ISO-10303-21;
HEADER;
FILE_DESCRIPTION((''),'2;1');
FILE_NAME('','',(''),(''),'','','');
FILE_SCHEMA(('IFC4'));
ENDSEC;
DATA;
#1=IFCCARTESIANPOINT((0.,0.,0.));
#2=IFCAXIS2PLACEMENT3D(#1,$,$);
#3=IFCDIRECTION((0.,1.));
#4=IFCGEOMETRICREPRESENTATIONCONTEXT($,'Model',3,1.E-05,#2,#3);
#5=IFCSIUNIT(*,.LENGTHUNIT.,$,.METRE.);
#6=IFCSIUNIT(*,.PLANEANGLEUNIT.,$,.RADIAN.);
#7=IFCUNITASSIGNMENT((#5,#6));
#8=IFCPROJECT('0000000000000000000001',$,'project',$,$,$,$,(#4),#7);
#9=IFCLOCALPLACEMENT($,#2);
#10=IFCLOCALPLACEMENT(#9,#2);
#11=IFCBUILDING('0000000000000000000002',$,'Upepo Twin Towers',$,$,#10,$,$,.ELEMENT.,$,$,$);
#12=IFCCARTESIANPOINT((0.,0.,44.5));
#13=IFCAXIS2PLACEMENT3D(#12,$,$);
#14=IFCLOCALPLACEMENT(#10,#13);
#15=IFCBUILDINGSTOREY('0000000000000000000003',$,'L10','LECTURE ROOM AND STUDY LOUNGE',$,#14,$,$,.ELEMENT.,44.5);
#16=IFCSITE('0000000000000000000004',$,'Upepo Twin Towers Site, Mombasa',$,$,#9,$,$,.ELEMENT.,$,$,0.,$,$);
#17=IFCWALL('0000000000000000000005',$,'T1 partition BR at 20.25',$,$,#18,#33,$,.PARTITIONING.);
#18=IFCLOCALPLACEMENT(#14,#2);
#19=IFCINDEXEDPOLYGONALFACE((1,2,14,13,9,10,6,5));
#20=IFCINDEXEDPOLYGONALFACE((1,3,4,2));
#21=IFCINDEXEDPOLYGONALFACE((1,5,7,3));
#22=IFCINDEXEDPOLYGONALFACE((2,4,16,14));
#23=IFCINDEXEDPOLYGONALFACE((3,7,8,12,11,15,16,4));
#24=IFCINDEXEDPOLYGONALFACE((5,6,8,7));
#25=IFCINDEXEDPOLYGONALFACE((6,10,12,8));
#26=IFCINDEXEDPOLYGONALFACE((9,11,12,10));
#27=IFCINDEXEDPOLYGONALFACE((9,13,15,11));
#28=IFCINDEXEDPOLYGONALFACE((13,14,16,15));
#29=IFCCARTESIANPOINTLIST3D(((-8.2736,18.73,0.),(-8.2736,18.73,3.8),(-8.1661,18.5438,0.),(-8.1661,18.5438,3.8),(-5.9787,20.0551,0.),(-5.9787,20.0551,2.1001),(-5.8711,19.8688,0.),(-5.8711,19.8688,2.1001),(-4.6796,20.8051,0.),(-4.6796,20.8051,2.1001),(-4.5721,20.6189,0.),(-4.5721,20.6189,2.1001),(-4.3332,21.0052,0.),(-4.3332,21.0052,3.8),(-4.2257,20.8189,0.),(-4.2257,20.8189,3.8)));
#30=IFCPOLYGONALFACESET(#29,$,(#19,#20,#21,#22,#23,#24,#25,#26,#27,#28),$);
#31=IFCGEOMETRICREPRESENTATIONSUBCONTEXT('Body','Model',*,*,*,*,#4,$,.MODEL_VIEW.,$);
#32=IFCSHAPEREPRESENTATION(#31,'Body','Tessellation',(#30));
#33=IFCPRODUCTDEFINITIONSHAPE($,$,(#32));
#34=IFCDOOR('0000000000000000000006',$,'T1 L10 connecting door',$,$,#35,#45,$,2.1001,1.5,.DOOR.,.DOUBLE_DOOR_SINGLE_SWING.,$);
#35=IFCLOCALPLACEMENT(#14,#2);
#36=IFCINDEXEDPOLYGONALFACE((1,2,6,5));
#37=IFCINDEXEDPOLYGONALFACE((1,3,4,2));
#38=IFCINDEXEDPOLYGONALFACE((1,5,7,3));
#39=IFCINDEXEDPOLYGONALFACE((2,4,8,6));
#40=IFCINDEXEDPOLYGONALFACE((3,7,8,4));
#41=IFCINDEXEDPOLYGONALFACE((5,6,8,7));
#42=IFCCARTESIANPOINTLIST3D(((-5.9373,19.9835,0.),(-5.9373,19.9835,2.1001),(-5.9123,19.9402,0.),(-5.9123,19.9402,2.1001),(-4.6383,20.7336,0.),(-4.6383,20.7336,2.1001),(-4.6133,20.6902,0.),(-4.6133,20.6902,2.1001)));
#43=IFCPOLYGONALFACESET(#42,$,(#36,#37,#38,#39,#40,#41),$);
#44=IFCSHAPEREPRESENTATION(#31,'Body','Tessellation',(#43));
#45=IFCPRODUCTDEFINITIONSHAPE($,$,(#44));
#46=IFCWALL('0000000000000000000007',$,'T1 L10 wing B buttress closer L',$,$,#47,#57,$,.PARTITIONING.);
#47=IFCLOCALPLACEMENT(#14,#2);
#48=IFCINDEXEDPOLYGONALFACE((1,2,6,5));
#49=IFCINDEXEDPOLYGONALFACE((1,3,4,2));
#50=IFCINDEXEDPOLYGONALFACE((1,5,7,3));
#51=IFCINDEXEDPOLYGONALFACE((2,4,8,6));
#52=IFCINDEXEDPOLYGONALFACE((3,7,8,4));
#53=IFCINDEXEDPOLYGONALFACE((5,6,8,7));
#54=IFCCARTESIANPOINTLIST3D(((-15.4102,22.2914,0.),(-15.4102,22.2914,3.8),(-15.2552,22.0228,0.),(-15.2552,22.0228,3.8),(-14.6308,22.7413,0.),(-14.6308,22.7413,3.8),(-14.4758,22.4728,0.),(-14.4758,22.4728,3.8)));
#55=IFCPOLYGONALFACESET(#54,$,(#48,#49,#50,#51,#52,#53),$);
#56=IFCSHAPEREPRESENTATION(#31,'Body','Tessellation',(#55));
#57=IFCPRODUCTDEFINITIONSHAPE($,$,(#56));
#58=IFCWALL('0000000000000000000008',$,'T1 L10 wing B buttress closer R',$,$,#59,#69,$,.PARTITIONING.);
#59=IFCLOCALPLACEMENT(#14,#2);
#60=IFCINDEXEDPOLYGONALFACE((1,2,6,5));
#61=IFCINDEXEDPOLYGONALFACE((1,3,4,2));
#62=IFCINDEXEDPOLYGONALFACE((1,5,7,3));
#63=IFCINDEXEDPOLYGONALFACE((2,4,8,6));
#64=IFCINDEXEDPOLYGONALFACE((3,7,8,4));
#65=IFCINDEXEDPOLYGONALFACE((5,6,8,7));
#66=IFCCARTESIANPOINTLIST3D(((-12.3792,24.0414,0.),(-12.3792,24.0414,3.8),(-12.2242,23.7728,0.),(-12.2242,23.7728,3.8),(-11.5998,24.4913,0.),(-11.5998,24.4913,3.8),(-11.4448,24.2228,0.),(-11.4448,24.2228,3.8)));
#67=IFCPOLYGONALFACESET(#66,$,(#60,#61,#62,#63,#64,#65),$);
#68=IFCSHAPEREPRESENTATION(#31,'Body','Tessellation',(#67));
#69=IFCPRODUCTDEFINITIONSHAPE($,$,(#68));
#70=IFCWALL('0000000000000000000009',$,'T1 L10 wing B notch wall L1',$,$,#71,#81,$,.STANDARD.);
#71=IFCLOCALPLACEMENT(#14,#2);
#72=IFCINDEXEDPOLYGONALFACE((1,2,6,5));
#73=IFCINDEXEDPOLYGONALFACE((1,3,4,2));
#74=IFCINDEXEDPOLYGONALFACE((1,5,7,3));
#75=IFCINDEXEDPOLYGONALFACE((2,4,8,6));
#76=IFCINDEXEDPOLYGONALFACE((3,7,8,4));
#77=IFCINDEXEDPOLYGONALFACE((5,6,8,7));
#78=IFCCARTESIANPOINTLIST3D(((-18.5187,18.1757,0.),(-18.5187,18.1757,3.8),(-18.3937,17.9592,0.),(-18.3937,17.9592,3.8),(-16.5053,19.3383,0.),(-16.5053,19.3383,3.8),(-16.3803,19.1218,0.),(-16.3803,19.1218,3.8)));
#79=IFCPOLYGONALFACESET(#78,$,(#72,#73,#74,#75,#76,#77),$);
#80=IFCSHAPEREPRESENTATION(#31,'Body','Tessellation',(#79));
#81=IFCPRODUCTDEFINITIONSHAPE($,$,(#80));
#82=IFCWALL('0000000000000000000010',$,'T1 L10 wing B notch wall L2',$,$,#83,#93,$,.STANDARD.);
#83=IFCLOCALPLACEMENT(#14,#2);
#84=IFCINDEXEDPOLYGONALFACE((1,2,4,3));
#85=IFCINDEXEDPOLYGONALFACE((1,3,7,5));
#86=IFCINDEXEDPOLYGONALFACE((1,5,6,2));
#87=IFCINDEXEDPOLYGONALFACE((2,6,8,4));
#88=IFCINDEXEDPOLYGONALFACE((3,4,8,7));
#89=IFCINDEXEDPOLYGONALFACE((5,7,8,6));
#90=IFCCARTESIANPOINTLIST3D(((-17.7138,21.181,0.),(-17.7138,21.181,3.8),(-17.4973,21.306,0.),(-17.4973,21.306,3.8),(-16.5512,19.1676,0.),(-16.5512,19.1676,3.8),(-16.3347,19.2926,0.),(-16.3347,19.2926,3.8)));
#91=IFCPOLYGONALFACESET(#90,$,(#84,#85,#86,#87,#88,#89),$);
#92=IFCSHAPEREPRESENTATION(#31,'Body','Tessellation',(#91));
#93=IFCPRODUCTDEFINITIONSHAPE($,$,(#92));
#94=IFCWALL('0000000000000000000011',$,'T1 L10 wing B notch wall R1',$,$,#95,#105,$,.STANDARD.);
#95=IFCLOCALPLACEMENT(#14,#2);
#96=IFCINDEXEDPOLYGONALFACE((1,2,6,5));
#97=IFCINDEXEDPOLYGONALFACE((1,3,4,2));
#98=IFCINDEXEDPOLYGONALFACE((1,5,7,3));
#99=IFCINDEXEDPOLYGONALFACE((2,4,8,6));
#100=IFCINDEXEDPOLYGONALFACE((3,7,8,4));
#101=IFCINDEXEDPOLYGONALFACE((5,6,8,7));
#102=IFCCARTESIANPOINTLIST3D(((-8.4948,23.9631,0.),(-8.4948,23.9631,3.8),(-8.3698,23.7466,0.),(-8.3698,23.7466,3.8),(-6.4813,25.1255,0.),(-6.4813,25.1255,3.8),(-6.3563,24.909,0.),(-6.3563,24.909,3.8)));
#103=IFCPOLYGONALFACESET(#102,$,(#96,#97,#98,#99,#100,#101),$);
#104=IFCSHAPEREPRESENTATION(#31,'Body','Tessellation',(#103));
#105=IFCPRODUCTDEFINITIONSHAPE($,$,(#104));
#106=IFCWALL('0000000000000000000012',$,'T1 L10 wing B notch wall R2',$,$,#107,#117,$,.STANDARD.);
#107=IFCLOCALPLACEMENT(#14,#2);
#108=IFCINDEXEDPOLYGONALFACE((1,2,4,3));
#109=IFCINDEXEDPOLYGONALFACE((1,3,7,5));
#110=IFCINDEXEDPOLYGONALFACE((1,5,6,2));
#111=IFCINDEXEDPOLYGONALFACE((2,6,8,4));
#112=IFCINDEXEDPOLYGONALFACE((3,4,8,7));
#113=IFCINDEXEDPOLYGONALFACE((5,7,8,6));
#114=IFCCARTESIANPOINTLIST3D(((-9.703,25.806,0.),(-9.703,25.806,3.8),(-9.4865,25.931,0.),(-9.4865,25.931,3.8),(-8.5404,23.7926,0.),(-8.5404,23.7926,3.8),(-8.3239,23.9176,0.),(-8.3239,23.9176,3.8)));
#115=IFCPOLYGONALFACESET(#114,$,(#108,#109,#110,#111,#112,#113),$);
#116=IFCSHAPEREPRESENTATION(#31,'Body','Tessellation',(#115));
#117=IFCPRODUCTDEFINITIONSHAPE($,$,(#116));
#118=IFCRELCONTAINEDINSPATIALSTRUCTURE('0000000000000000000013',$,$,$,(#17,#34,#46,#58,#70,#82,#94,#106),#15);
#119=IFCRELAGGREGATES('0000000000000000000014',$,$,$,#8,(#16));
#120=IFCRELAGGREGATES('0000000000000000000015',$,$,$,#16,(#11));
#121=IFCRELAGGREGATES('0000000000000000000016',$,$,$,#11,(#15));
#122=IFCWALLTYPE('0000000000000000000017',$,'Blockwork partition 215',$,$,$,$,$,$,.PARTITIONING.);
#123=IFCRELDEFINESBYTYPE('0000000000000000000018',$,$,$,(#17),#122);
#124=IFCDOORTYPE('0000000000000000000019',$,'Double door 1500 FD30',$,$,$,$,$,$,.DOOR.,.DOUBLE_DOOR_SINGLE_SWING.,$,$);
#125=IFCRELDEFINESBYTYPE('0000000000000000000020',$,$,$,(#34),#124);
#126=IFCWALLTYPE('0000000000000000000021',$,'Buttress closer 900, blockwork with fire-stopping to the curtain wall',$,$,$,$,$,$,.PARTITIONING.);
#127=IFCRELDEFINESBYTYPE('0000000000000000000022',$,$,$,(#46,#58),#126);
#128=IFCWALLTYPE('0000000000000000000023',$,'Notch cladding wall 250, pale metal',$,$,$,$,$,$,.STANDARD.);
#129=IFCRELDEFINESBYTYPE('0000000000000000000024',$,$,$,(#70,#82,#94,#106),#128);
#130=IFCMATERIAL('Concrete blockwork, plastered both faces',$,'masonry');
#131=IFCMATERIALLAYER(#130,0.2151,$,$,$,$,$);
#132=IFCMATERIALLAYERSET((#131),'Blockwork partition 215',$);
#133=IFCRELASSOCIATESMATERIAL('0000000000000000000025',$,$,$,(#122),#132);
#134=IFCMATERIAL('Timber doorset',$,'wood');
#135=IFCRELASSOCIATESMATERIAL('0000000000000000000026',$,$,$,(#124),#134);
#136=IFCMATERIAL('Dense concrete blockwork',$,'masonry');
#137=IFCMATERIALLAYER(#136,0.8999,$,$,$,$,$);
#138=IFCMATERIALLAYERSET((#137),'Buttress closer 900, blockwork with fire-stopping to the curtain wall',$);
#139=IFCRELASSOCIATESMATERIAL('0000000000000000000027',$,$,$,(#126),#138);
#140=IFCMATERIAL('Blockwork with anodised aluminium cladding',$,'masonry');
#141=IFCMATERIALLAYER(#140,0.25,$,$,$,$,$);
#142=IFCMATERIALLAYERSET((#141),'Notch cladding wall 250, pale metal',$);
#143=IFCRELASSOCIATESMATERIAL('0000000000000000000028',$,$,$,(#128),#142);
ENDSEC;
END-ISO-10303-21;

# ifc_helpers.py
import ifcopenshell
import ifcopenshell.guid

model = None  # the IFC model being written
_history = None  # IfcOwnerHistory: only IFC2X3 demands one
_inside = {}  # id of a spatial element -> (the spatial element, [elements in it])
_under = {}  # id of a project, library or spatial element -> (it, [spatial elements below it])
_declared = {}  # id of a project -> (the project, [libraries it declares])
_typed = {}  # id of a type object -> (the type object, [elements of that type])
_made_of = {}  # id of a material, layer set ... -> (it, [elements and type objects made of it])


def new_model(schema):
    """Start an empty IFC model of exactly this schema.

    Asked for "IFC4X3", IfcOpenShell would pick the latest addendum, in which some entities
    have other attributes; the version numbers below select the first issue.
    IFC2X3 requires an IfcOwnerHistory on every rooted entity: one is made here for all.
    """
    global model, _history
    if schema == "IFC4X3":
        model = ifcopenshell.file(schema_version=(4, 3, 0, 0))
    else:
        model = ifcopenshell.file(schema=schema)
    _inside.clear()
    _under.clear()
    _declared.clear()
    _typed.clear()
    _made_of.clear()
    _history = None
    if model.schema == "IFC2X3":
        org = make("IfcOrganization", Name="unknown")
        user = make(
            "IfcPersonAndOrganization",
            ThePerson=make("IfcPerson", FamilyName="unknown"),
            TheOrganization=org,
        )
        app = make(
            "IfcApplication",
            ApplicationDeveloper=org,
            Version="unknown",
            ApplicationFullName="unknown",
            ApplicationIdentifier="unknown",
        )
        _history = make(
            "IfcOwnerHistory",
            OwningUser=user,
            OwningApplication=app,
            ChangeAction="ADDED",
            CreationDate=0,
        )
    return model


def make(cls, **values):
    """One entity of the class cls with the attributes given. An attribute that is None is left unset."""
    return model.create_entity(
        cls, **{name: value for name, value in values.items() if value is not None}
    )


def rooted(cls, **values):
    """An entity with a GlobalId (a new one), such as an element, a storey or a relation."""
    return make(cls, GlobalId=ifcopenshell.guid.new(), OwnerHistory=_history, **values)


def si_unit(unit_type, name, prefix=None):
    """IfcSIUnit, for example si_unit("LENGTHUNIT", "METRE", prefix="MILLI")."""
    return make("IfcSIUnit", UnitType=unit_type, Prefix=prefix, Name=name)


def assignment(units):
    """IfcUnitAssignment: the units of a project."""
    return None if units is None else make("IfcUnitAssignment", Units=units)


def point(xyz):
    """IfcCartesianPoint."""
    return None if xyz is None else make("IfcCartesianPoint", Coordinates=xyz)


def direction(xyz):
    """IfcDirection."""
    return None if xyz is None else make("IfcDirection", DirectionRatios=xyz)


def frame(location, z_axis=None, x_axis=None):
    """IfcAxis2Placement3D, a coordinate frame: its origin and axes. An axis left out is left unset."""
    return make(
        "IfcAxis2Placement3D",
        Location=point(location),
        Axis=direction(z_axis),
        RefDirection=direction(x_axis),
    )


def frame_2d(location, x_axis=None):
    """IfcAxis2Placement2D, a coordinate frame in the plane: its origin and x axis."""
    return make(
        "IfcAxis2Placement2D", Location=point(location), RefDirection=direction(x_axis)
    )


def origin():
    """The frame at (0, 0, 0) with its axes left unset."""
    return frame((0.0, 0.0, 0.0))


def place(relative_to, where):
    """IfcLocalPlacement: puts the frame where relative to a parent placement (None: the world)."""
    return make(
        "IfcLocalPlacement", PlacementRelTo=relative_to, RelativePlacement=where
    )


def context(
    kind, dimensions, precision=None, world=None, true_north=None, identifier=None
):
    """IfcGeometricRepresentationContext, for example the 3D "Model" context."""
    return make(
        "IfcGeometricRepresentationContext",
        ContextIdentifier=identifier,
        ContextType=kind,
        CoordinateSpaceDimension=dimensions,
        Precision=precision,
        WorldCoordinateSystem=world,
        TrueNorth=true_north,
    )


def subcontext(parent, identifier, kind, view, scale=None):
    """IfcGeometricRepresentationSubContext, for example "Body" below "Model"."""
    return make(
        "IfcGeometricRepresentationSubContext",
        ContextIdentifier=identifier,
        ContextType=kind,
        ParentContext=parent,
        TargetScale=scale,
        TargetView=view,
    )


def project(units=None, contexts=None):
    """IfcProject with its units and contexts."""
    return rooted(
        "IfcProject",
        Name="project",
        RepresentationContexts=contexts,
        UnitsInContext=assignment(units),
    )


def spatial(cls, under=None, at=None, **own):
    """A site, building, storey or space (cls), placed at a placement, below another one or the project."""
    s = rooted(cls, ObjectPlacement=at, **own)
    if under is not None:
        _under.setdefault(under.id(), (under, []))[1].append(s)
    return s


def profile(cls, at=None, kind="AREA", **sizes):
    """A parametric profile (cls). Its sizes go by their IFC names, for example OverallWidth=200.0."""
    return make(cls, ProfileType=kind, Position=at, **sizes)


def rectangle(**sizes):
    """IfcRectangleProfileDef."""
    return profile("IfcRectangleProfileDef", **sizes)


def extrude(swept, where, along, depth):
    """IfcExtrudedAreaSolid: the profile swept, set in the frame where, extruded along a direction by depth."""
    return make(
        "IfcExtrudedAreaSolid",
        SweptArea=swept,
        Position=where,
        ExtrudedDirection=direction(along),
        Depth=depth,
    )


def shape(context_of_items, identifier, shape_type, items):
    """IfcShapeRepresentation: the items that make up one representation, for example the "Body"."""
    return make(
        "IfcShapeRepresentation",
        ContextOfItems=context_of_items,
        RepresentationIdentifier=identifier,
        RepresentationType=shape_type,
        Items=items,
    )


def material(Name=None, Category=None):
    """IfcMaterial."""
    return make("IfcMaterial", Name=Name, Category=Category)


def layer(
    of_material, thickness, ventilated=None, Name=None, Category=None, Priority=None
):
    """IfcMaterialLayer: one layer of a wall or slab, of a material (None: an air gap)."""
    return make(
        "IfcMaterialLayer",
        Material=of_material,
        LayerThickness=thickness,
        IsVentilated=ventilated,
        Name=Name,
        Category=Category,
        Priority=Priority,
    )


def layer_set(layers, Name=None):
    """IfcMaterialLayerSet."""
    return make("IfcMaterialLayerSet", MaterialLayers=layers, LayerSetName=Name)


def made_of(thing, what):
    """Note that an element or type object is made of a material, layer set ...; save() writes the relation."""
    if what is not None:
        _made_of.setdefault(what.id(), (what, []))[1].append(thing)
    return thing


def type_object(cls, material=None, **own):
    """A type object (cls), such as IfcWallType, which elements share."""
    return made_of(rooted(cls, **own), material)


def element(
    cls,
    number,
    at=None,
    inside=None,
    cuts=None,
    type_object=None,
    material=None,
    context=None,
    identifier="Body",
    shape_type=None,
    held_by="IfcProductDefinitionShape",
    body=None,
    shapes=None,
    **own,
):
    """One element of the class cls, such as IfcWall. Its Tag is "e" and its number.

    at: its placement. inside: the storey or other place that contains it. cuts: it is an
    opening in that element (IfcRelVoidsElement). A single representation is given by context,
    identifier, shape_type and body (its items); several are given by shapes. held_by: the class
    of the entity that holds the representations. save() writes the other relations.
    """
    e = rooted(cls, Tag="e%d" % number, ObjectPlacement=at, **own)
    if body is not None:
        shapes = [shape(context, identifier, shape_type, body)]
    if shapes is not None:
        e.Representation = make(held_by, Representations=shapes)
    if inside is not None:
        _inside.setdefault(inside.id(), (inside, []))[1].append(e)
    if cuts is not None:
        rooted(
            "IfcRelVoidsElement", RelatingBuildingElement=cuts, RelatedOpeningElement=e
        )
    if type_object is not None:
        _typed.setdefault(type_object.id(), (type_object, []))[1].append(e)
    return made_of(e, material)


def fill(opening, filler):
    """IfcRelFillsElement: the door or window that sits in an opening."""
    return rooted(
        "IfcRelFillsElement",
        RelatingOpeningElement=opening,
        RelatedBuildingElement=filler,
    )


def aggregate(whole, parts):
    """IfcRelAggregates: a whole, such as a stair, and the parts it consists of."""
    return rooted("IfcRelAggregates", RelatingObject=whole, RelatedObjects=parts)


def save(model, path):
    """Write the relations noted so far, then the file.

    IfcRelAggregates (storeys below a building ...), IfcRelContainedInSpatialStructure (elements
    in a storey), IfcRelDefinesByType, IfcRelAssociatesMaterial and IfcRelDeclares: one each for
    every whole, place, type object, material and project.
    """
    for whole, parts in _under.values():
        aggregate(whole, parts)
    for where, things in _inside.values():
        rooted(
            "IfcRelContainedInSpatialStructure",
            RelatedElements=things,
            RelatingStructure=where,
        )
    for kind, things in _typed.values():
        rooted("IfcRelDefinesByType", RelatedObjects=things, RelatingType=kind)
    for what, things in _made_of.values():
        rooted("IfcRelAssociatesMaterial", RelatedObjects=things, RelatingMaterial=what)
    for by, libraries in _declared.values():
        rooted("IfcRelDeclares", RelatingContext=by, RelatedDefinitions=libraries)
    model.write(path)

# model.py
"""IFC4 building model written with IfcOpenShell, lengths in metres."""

from ifc_helpers import new_model, si_unit, direction, frame, frame_2d, origin, place, context, subcontext, project, spatial, rectangle, extrude, material, layer, layer_set, type_object, element, fill, save


model = new_model("IFC4")

# Units and contexts
model_context = context("Model", 3, precision=1e-05, world=origin(), true_north=direction((0.0, 1.0)))
body_context = subcontext(model_context, "Body", "Model", "MODEL_VIEW")
ifc_project = project(units=[si_unit("LENGTHUNIT", "METRE"), si_unit("PLANEANGLEUNIT", "RADIAN")], contexts=[model_context])

# Site, building, storey
site_placement = place(None, origin())
site = spatial("IfcSite", under=ifc_project, at=site_placement, Name="Upepo Twin Towers Site, Mombasa", CompositionType="ELEMENT", RefElevation=0.0)
building_placement = place(site_placement, origin())
building = spatial("IfcBuilding", under=site, at=building_placement, Name="Upepo Twin Towers", CompositionType="ELEMENT")
storey_placement = place(building_placement, frame((0.0, 0.0, 44.5)))
storey = spatial("IfcBuildingStorey", under=building, at=storey_placement, Name="L10", Description="LECTURE ROOM AND STUDY LOUNGE", CompositionType="ELEMENT", Elevation=44.5)

# Wall, opening, door
ifc_material_1 = material(Name="Concrete blockwork, plastered both faces", Category="masonry")
ifc_layer_1 = layer(ifc_material_1, 0.2151)
ifc_layer_set_1 = layer_set([ifc_layer_1], Name="Blockwork partition 215")
wall_type_1 = type_object("IfcWallType", Name="Blockwork partition 215", PredefinedType="PARTITIONING", material=ifc_layer_set_1)
wall_placement = place(storey_placement, frame((-8.2197, 18.637, 0.0), z_axis=(0.0, 0.0, 1.0), x_axis=(0.866012, 0.500023, 0.0)))
wall = element("IfcWall", 1, at=wall_placement, inside=storey, type_object=wall_type_1, Name="T1 partition BR at 20.25", PredefinedType="PARTITIONING", context=body_context, shape_type="SweptSolid", body=[
    extrude(rectangle(XDim=4.55, YDim=0.2151, at=frame_2d((2.2749, 0.0))), origin(), (0.0, 0.0, 1.0), 3.8),
])
opening_placement = place(wall_placement, frame((2.6499, 0.0, 0.0)))
opening = element("IfcOpeningElement", 2, at=opening_placement, cuts=wall, PredefinedType="OPENING", context=body_context, shape_type="SweptSolid", body=[
    extrude(rectangle(XDim=1.5, YDim=2.1001, at=frame_2d((0.75, 1.05))), frame((0.0, 0.1174, 0.0), z_axis=(0.0, -1.0, 0.0), x_axis=(1.0, 0.0, 0.0)), (0.0, 0.0, 1.0), 0.2351),
])
ifc_material_2 = material(Name="Timber doorset", Category="wood")
door_type = type_object("IfcDoorType", Name="Double door 1500 FD30", OperationType="DOUBLE_DOOR_SINGLE_SWING", PredefinedType="DOOR", material=ifc_material_2)
door_placement = place(opening_placement, origin())
door = element("IfcDoor", 3, at=door_placement, inside=storey, type_object=door_type, Name="T1 L10 connecting door", OperationType="DOUBLE_DOOR_SINGLE_SWING", OverallHeight=2.1001, OverallWidth=1.5, PredefinedType="DOOR", context=body_context, shape_type="SweptSolid", body=[
    extrude(rectangle(XDim=1.5, YDim=2.1001, at=frame_2d((0.75, 1.05))), frame((0.0, 0.0249, 0.0), z_axis=(0.0, -1.0, 0.0), x_axis=(1.0, 0.0, 0.0)), (0.0, 0.0, 1.0), 0.05),
])
fill(opening, door)

# Walls
ifc_material_3 = material(Name="Dense concrete blockwork", Category="masonry")
ifc_layer_2 = layer(ifc_material_3, 0.8999)
ifc_layer_set_2 = layer_set([ifc_layer_2], Name="Buttress closer 900, blockwork with fire-stopping to the curtain wall")
wall_type_2 = type_object("IfcWallType", Name="Buttress closer 900, blockwork with fire-stopping to the curtain wall", PredefinedType="PARTITIONING", material=ifc_layer_set_2)
for number, where, z_axis, x_axis, name in (
    (4, (-14.8655, 22.2478, 0.0), (0.0, 0.0, 1.0), (-0.49995, 0.866054, 0.0), "T1 L10 wing B buttress closer L"),
    (5, (-11.8345, 23.9978, 0.0), (0.0, 0.0, 1.0), (-0.49995, 0.866054, 0.0), "T1 L10 wing B buttress closer R"),
):
    element("IfcWall", number, at=place(storey_placement, frame(where, z_axis=z_axis, x_axis=x_axis)), inside=storey, type_object=wall_type_2, Name=name, PredefinedType="PARTITIONING", context=body_context, shape_type="SweptSolid", body=[
        extrude(rectangle(XDim=0.3101, YDim=0.8999, at=frame_2d((0.155, 0.0))), origin(), (0.0, 0.0, 1.0), 3.8),
    ])
ifc_material_4 = material(Name="Blockwork with anodised aluminium cladding", Category="masonry")
ifc_layer_3 = layer(ifc_material_4, 0.25)
ifc_layer_set_3 = layer_set([ifc_layer_3], Name="Notch cladding wall 250, pale metal")
wall_type_3 = type_object("IfcWallType", Name="Notch cladding wall 250, pale metal", PredefinedType="STANDARD", material=ifc_layer_set_3)
for number, where, z_axis, x_axis, name in (
    (6, (-18.4563, 18.0674, 0.0), (0.0, 0.0, 1.0), (0.865998, 0.500047, 0.0), "T1 L10 wing B notch wall L1"),
    (7, (-16.4429, 19.23, 0.0), (0.0, 0.0, 1.0), (-0.500047, 0.865998, 0.0), "T1 L10 wing B notch wall L2"),
    (8, (-6.4187, 25.0173, 0.0), (0.0, 0.0, 1.0), (-0.866044, -0.499968, 0.0), "T1 L10 wing B notch wall R1"),
    (9, (-8.4321, 23.855, 0.0), (0.0, 0.0, 1.0), (-0.500047, 0.865998, 0.0), "T1 L10 wing B notch wall R2"),
):
    element("IfcWall", number, at=place(storey_placement, frame(where, z_axis=z_axis, x_axis=x_axis)), inside=storey, type_object=wall_type_3, Name=name, PredefinedType="STANDARD", context=body_context, shape_type="SweptSolid", body=[
        extrude(rectangle(XDim=2.325, YDim=0.25, at=frame_2d((1.1626, 0.0))), origin(), (0.0, 0.0, 1.0), 3.8),
    ])

save(model, "model.ifc")
